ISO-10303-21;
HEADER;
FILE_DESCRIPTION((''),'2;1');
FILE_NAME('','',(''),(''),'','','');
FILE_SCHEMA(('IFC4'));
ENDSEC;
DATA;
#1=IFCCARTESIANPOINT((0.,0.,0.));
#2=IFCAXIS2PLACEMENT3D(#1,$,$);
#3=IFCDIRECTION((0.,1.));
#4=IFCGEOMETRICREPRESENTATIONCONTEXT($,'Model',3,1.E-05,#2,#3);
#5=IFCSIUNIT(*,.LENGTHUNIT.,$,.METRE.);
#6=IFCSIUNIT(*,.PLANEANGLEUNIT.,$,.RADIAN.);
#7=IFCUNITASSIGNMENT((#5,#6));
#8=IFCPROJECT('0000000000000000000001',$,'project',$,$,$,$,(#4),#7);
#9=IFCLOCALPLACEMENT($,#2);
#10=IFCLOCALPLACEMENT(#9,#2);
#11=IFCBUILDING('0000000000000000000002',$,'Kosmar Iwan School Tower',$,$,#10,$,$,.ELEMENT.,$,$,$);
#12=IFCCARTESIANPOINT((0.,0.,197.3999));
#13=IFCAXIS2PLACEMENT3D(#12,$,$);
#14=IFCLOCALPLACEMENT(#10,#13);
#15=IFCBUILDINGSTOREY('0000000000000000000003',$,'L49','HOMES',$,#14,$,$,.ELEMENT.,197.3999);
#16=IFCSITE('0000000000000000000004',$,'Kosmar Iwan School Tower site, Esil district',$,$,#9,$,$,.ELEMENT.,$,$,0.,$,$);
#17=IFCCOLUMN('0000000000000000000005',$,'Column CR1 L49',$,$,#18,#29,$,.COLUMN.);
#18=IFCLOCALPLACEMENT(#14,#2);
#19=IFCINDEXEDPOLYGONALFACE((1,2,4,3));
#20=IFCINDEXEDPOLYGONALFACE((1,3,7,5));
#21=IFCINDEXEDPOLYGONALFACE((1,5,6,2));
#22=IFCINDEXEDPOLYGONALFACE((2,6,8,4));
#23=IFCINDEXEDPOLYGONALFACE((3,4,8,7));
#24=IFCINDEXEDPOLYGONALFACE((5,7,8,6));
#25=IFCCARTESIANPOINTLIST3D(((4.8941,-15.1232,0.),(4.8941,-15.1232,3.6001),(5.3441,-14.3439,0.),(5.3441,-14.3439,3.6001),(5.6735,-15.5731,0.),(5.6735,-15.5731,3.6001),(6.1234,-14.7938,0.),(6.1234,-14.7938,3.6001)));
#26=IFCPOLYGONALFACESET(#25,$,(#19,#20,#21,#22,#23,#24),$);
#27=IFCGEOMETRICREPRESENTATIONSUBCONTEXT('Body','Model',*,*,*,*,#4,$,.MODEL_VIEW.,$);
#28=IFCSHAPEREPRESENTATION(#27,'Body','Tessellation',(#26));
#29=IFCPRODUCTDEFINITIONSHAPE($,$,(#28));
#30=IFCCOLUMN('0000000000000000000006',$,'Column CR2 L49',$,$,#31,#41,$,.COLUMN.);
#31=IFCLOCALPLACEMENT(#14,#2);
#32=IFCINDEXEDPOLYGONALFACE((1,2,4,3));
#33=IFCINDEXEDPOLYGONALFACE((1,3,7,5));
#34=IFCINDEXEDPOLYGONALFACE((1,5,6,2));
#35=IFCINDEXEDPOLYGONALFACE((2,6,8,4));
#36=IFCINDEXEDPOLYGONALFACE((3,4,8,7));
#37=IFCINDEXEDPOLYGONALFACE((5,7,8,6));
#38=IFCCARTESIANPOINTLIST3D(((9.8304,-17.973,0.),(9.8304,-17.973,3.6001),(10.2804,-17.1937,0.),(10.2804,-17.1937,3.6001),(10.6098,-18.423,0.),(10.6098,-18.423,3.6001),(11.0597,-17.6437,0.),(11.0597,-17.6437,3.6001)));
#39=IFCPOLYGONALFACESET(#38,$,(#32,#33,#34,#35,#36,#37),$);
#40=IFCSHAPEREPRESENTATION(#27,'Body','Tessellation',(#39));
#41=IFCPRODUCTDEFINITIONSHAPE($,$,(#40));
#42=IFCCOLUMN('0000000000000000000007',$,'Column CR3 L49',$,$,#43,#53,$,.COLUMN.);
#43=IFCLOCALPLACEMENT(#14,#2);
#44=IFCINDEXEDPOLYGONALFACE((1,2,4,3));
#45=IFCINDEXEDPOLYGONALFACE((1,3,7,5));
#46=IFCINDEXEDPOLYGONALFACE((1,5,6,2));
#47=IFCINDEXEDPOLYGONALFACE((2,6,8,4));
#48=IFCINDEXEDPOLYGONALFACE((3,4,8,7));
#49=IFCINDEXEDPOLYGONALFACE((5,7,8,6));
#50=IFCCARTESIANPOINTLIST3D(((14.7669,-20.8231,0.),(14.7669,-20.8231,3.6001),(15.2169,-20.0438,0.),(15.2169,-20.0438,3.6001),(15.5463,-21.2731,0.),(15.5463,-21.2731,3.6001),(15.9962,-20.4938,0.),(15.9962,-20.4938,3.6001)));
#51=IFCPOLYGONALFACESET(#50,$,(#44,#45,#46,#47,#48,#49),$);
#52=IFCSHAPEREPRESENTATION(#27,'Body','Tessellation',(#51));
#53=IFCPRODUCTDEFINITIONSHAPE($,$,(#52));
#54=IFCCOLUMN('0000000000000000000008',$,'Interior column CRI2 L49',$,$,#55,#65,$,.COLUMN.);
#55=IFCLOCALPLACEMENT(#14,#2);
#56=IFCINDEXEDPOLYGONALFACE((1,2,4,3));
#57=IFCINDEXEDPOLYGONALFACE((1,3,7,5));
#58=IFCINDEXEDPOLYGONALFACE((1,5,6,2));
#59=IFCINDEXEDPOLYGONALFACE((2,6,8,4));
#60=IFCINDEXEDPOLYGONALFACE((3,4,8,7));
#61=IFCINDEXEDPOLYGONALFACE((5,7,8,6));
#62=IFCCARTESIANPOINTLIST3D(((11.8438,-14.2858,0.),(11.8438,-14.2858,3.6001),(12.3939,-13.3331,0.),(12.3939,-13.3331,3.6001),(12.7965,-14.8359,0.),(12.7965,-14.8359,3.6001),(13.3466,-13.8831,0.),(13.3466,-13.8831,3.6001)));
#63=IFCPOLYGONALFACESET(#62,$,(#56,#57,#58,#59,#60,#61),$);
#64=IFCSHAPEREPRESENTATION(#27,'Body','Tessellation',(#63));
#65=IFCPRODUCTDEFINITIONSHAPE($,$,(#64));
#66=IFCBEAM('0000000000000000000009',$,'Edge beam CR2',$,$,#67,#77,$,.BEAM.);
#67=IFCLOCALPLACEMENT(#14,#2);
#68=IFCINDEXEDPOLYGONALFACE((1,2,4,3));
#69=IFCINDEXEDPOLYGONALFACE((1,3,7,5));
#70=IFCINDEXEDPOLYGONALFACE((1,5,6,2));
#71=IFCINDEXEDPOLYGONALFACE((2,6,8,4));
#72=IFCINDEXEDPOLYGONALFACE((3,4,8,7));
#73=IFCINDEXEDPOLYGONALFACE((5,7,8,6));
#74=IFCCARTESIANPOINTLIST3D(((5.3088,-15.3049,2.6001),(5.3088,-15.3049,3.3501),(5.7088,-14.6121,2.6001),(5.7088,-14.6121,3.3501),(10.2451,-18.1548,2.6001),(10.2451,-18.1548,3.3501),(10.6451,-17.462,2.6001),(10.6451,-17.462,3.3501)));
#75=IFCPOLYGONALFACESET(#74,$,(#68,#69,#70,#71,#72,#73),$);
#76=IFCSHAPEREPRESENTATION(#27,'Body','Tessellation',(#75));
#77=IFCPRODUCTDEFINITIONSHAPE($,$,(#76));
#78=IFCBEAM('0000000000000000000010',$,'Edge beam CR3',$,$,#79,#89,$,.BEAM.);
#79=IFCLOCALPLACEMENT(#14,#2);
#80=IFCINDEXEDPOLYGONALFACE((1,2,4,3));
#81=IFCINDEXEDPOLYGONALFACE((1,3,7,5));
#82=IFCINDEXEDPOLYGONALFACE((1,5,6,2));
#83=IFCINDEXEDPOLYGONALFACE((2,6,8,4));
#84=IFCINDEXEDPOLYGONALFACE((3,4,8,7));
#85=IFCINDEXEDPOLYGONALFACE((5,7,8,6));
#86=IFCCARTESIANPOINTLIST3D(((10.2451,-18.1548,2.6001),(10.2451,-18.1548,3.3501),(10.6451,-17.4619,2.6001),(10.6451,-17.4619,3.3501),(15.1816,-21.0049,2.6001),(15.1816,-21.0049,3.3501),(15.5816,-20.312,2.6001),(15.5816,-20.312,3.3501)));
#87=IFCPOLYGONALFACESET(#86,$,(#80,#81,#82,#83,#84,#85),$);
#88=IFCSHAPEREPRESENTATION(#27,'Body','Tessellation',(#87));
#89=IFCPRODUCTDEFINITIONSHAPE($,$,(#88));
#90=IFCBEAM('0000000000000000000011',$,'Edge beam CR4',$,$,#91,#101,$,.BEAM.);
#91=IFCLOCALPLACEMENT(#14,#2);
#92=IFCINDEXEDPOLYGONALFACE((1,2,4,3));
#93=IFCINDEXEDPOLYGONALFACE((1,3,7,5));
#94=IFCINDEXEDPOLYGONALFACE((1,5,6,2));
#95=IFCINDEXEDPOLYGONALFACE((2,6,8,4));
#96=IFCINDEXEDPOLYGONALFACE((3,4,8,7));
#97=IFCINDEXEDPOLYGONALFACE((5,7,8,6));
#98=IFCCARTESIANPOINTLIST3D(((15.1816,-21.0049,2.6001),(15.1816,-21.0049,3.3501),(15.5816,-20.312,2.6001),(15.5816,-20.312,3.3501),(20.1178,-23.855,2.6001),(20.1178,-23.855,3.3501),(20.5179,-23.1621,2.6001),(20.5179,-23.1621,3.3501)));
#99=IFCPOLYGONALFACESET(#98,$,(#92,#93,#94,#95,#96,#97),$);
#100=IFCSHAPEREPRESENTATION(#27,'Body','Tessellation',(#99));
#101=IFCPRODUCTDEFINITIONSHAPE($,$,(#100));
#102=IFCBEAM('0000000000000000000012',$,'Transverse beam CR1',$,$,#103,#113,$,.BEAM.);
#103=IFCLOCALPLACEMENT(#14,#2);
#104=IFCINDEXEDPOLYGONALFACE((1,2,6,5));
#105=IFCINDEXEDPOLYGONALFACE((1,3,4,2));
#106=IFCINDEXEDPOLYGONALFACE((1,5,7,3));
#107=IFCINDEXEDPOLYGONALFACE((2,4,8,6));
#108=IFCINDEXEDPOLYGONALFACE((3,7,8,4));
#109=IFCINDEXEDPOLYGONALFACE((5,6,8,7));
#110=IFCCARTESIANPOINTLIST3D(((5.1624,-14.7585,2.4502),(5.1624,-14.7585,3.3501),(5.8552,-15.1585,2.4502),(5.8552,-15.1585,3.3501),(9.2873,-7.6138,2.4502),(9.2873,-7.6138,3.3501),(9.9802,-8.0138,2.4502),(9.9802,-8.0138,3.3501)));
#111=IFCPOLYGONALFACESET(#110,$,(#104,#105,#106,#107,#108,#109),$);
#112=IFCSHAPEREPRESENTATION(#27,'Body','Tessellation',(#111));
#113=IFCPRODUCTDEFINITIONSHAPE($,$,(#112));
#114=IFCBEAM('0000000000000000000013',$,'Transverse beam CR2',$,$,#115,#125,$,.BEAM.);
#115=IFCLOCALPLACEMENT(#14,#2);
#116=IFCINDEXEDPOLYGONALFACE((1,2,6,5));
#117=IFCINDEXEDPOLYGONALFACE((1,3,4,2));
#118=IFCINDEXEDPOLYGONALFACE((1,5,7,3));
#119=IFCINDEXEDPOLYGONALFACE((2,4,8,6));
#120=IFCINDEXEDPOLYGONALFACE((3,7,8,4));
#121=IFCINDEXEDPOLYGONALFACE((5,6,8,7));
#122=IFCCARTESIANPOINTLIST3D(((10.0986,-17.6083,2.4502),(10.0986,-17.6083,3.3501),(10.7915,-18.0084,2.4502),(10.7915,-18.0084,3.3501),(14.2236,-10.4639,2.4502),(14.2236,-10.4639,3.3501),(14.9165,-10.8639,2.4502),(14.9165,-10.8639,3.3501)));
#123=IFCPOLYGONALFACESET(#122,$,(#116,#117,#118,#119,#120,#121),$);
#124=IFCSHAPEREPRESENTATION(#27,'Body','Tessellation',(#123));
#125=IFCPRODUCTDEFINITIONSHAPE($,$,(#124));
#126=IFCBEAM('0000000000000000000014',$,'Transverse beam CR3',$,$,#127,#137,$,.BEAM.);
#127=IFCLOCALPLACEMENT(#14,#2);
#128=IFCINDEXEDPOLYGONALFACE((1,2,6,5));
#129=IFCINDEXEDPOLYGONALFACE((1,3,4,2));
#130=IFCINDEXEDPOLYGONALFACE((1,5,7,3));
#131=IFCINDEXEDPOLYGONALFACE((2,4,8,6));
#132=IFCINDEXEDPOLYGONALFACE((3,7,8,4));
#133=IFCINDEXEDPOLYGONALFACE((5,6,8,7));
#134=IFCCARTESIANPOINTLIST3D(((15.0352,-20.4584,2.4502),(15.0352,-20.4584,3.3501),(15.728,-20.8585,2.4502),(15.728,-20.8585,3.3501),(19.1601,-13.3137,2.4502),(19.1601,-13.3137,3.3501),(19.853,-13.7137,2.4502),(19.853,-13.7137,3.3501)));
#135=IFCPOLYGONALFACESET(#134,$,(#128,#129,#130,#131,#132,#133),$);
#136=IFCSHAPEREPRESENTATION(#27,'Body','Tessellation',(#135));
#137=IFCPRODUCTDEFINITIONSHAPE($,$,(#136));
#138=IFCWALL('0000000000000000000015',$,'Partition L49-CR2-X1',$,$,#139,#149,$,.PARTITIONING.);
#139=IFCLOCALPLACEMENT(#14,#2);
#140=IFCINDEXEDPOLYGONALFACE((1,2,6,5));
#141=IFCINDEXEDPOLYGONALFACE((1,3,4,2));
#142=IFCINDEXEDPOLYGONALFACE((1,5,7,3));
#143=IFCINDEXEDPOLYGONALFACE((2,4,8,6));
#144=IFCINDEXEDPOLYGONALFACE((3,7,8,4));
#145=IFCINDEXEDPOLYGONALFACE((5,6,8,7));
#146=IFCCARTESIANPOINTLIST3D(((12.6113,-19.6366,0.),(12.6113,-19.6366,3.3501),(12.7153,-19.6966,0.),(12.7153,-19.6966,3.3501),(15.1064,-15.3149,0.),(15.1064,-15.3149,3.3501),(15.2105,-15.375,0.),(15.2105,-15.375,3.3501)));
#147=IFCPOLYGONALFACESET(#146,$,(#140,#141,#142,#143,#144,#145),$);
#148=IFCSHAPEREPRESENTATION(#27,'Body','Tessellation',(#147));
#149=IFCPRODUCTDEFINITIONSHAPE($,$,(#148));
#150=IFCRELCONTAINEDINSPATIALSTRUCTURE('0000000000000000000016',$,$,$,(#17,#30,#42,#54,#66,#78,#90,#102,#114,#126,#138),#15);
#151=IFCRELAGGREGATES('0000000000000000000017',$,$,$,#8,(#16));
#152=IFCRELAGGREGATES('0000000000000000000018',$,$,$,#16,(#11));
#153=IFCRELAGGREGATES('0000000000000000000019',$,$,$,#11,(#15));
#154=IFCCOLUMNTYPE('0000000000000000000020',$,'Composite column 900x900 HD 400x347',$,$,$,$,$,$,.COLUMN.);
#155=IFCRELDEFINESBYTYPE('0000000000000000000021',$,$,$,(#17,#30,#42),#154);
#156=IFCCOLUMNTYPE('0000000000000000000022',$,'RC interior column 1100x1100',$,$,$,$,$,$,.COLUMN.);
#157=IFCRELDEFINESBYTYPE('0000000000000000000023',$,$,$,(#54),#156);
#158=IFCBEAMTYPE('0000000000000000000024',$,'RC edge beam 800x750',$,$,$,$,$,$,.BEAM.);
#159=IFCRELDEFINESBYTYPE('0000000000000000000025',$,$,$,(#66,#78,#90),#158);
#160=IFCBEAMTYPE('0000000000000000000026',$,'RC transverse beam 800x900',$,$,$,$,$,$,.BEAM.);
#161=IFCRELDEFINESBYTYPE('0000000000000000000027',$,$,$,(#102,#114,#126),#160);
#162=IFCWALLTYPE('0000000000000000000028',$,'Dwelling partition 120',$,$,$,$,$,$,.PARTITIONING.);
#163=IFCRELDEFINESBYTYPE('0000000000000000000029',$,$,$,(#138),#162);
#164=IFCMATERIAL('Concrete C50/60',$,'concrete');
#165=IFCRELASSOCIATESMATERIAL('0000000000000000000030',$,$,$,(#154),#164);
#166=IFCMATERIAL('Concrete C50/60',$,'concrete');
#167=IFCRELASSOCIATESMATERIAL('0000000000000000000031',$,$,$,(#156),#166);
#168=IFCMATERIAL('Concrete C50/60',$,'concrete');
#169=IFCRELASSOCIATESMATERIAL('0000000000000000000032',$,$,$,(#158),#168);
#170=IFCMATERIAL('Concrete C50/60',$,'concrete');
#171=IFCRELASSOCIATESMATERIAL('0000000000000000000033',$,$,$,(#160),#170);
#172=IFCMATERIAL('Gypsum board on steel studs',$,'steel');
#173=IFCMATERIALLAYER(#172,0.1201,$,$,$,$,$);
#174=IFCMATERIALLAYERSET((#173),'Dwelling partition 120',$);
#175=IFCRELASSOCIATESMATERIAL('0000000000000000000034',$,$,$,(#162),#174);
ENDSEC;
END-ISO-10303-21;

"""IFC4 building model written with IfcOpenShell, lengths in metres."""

from ifc_helpers import new_model, si_unit, direction, frame, frame_2d, origin, origin_2d, place, context, subcontext, project, spatial, rectangle, extrude, material, layer, layer_set, material_profile, profile_set, type_object, element, save


model = new_model("IFC4")

# Units and contexts
model_context = context("Model", 3, precision=1e-05, world=origin(), true_north=direction((0.0, 1.0)))
body_context = subcontext(model_context, "Body", "Model", "MODEL_VIEW")
ifc_project = project(units=[si_unit("LENGTHUNIT", "METRE"), si_unit("PLANEANGLEUNIT", "RADIAN")], contexts=[model_context])

# Site, building, storey
site_placement = place(None, origin())
site = spatial("IfcSite", under=ifc_project, at=site_placement, Name="Kosmar Iwan School Tower site, Esil district", CompositionType="ELEMENT", RefElevation=0.0)
building_placement = place(site_placement, origin())
building = spatial("IfcBuilding", under=site, at=building_placement, Name="Kosmar Iwan School Tower", CompositionType="ELEMENT")
storey_placement = place(building_placement, frame((0.0, 0.0, 197.3999)))
storey = spatial("IfcBuildingStorey", under=building, at=storey_placement, Name="L49", Description="HOMES", CompositionType="ELEMENT", Elevation=197.3999)

# Columns
ifc_material_1 = material(Name="Concrete C50/60", Category="concrete")
ifc_material_profile_1 = material_profile(ifc_material_1, rectangle(XDim=0.8999, YDim=0.8999, at=origin_2d()), Name="RC 900x900 + HD 400x347")
ifc_profile_set_1 = profile_set([ifc_material_profile_1], Name="Concrete C50/60")
column_type_1 = type_object("IfcColumnType", Name="Composite column 900x900 HD 400x347", PredefinedType="COLUMN", material=ifc_profile_set_1)
for number, where, z_axis, x_axis, name in (
    (1, (5.5088, -14.9585, 0.0), (0.0, 0.0, 1.0), (0.866025, -0.5, 0.0), "Column CR1 L49"),
    (2, (10.4451, -17.8083, 0.0), (0.0, 0.0, 1.0), (0.866025, -0.5, 0.0), "Column CR2 L49"),
    (3, (15.3816, -20.6584, 0.0), (0.0, 0.0, 1.0), (0.866025, -0.5, 0.0), "Column CR3 L49"),
):
    element("IfcColumn", number, at=place(storey_placement, frame(where, z_axis=z_axis, x_axis=x_axis)), inside=storey, type_object=column_type_1, Name=name, PredefinedType="COLUMN", context=body_context, shape_type="SweptSolid", body=[
        extrude(rectangle(XDim=0.8999, YDim=0.8999, at=origin_2d()), origin(), (0.0, 0.0, 1.0), 3.6001),
    ])
ifc_material_2 = material(Name="Concrete C50/60", Category="concrete")
ifc_material_profile_2 = material_profile(ifc_material_2, rectangle(XDim=1.1001, YDim=1.1001, at=origin_2d()), Name="RC 1100x1100")
ifc_profile_set_2 = profile_set([ifc_material_profile_2], Name="Concrete C50/60")
column_type_2 = type_object("IfcColumnType", Name="RC interior column 1100x1100", PredefinedType="COLUMN", material=ifc_profile_set_2)
column_placement = place(storey_placement, frame((12.5952, -14.0845, 0.0), z_axis=(0.0, 0.0, 1.0), x_axis=(0.866025, -0.5, 0.0)))
element("IfcColumn", 4, at=column_placement, inside=storey, type_object=column_type_2, Name="Interior column CRI2 L49", PredefinedType="COLUMN", context=body_context, shape_type="SweptSolid", body=[
    extrude(rectangle(XDim=1.1001, YDim=1.1001, at=origin_2d()), origin(), (0.0, 0.0, 1.0), 3.6001),
])

# Beams
ifc_material_3 = material(Name="Concrete C50/60", Category="concrete")
ifc_material_profile_3 = material_profile(ifc_material_3, rectangle(XDim=0.8, YDim=0.75, at=origin_2d()), Name="RC 800x750")
ifc_profile_set_3 = profile_set([ifc_material_profile_3], Name="Concrete C50/60")
beam_type_1 = type_object("IfcBeamType", Name="RC edge beam 800x750", PredefinedType="BEAM", material=ifc_profile_set_3)
beam_1_placement = place(storey_placement, frame((5.5088, -14.9585, 2.9751), z_axis=(0.866034, -0.499986, 0.0), x_axis=(0.499986, 0.866034, 0.0)))
element("IfcBeam", 5, at=beam_1_placement, inside=storey, type_object=beam_type_1, Name="Edge beam CR2", PredefinedType="BEAM", context=body_context, shape_type="SweptSolid", body=[
    extrude(rectangle(XDim=0.8, YDim=0.75, at=origin_2d()), origin(), (0.0, 0.0, 1.0), 5.7),
])
beam_2_placement = place(storey_placement, frame((10.4451, -17.8083, 2.9751), z_axis=(0.866026, -0.499999, 0.0), x_axis=(0.499999, 0.866026, 0.0)))
element("IfcBeam", 6, at=beam_2_placement, inside=storey, type_object=beam_type_1, Name="Edge beam CR3", PredefinedType="BEAM", context=body_context, shape_type="SweptSolid", body=[
    extrude(rectangle(XDim=0.8, YDim=0.75, at=origin_2d()), origin(), (0.0, 0.0, 1.0), 5.7002),
])
beam_3_placement = place(storey_placement, frame((15.3816, -20.6584, 2.9751), z_axis=(0.866015, -0.500018, 0.0), x_axis=(0.500018, 0.866015, 0.0)))
element("IfcBeam", 7, at=beam_3_placement, inside=storey, type_object=beam_type_1, Name="Edge beam CR4", PredefinedType="BEAM", context=body_context, shape_type="SweptSolid", body=[
    extrude(rectangle(XDim=0.8, YDim=0.75, at=origin_2d()), origin(), (0.0, 0.0, 1.0), 5.7),
])
ifc_material_4 = material(Name="Concrete C50/60", Category="concrete")
ifc_material_profile_4 = material_profile(ifc_material_4, rectangle(XDim=0.8, YDim=0.8999, at=origin_2d()), Name="RC 800x900")
ifc_profile_set_4 = profile_set([ifc_material_profile_4], Name="Concrete C50/60")
beam_type_2 = type_object("IfcBeamType", Name="RC transverse beam 800x900", PredefinedType="BEAM", material=ifc_profile_set_4)
beam_4_placement = place(storey_placement, frame((5.5088, -14.9585, 2.9001), z_axis=(0.499997, 0.866027, 0.0), x_axis=(-0.866027, 0.499997, 0.0)))
element("IfcBeam", 8, at=beam_4_placement, inside=storey, type_object=beam_type_2, Name="Transverse beam CR1", PredefinedType="BEAM", context=body_context, shape_type="SweptSolid", body=[
    extrude(rectangle(XDim=0.8, YDim=0.8999, at=origin_2d()), origin(), (0.0, 0.0, 1.0), 8.25),
])
beam_5_placement = place(storey_placement, frame((10.4451, -17.8083, 2.9001), z_axis=(0.500009, 0.86602, 0.0), x_axis=(-0.86602, 0.500009, 0.0)))
element("IfcBeam", 9, at=beam_5_placement, inside=storey, type_object=beam_type_2, Name="Transverse beam CR2", PredefinedType="BEAM", context=body_context, shape_type="SweptSolid", body=[
    extrude(rectangle(XDim=0.8, YDim=0.8999, at=origin_2d()), origin(), (0.0, 0.0, 1.0), 8.2498),
])
beam_6_placement = place(storey_placement, frame((15.3816, -20.6584, 2.9001), z_axis=(0.499997, 0.866027, 0.0), x_axis=(-0.866027, 0.499997, 0.0)))
element("IfcBeam", 10, at=beam_6_placement, inside=storey, type_object=beam_type_2, Name="Transverse beam CR3", PredefinedType="BEAM", context=body_context, shape_type="SweptSolid", body=[
    extrude(rectangle(XDim=0.8, YDim=0.8999, at=origin_2d()), origin(), (0.0, 0.0, 1.0), 8.25),
])

# Wall
ifc_material_5 = material(Name="Gypsum board on steel studs", Category="steel")
ifc_layer = layer(ifc_material_5, 0.1201)
ifc_layer_set = layer_set([ifc_layer], Name="Dwelling partition 120")
wall_type = type_object("IfcWallType", Name="Dwelling partition 120", PredefinedType="PARTITIONING", material=ifc_layer_set)
wall_placement = place(storey_placement, frame((15.1584, -15.345, 0.0), z_axis=(0.0, 0.0, 1.0), x_axis=(-0.500012, -0.866019, 0.0)))
element("IfcWall", 11, at=wall_placement, inside=storey, type_object=wall_type, Name="Partition L49-CR2-X1", PredefinedType="PARTITIONING", context=body_context, shape_type="SweptSolid", body=[
    extrude(rectangle(XDim=4.9902, YDim=0.1201, at=frame_2d((2.4951, 0.0))), origin(), (0.0, 0.0, 1.0), 3.3501),
])

save(model, "model.ifc")
